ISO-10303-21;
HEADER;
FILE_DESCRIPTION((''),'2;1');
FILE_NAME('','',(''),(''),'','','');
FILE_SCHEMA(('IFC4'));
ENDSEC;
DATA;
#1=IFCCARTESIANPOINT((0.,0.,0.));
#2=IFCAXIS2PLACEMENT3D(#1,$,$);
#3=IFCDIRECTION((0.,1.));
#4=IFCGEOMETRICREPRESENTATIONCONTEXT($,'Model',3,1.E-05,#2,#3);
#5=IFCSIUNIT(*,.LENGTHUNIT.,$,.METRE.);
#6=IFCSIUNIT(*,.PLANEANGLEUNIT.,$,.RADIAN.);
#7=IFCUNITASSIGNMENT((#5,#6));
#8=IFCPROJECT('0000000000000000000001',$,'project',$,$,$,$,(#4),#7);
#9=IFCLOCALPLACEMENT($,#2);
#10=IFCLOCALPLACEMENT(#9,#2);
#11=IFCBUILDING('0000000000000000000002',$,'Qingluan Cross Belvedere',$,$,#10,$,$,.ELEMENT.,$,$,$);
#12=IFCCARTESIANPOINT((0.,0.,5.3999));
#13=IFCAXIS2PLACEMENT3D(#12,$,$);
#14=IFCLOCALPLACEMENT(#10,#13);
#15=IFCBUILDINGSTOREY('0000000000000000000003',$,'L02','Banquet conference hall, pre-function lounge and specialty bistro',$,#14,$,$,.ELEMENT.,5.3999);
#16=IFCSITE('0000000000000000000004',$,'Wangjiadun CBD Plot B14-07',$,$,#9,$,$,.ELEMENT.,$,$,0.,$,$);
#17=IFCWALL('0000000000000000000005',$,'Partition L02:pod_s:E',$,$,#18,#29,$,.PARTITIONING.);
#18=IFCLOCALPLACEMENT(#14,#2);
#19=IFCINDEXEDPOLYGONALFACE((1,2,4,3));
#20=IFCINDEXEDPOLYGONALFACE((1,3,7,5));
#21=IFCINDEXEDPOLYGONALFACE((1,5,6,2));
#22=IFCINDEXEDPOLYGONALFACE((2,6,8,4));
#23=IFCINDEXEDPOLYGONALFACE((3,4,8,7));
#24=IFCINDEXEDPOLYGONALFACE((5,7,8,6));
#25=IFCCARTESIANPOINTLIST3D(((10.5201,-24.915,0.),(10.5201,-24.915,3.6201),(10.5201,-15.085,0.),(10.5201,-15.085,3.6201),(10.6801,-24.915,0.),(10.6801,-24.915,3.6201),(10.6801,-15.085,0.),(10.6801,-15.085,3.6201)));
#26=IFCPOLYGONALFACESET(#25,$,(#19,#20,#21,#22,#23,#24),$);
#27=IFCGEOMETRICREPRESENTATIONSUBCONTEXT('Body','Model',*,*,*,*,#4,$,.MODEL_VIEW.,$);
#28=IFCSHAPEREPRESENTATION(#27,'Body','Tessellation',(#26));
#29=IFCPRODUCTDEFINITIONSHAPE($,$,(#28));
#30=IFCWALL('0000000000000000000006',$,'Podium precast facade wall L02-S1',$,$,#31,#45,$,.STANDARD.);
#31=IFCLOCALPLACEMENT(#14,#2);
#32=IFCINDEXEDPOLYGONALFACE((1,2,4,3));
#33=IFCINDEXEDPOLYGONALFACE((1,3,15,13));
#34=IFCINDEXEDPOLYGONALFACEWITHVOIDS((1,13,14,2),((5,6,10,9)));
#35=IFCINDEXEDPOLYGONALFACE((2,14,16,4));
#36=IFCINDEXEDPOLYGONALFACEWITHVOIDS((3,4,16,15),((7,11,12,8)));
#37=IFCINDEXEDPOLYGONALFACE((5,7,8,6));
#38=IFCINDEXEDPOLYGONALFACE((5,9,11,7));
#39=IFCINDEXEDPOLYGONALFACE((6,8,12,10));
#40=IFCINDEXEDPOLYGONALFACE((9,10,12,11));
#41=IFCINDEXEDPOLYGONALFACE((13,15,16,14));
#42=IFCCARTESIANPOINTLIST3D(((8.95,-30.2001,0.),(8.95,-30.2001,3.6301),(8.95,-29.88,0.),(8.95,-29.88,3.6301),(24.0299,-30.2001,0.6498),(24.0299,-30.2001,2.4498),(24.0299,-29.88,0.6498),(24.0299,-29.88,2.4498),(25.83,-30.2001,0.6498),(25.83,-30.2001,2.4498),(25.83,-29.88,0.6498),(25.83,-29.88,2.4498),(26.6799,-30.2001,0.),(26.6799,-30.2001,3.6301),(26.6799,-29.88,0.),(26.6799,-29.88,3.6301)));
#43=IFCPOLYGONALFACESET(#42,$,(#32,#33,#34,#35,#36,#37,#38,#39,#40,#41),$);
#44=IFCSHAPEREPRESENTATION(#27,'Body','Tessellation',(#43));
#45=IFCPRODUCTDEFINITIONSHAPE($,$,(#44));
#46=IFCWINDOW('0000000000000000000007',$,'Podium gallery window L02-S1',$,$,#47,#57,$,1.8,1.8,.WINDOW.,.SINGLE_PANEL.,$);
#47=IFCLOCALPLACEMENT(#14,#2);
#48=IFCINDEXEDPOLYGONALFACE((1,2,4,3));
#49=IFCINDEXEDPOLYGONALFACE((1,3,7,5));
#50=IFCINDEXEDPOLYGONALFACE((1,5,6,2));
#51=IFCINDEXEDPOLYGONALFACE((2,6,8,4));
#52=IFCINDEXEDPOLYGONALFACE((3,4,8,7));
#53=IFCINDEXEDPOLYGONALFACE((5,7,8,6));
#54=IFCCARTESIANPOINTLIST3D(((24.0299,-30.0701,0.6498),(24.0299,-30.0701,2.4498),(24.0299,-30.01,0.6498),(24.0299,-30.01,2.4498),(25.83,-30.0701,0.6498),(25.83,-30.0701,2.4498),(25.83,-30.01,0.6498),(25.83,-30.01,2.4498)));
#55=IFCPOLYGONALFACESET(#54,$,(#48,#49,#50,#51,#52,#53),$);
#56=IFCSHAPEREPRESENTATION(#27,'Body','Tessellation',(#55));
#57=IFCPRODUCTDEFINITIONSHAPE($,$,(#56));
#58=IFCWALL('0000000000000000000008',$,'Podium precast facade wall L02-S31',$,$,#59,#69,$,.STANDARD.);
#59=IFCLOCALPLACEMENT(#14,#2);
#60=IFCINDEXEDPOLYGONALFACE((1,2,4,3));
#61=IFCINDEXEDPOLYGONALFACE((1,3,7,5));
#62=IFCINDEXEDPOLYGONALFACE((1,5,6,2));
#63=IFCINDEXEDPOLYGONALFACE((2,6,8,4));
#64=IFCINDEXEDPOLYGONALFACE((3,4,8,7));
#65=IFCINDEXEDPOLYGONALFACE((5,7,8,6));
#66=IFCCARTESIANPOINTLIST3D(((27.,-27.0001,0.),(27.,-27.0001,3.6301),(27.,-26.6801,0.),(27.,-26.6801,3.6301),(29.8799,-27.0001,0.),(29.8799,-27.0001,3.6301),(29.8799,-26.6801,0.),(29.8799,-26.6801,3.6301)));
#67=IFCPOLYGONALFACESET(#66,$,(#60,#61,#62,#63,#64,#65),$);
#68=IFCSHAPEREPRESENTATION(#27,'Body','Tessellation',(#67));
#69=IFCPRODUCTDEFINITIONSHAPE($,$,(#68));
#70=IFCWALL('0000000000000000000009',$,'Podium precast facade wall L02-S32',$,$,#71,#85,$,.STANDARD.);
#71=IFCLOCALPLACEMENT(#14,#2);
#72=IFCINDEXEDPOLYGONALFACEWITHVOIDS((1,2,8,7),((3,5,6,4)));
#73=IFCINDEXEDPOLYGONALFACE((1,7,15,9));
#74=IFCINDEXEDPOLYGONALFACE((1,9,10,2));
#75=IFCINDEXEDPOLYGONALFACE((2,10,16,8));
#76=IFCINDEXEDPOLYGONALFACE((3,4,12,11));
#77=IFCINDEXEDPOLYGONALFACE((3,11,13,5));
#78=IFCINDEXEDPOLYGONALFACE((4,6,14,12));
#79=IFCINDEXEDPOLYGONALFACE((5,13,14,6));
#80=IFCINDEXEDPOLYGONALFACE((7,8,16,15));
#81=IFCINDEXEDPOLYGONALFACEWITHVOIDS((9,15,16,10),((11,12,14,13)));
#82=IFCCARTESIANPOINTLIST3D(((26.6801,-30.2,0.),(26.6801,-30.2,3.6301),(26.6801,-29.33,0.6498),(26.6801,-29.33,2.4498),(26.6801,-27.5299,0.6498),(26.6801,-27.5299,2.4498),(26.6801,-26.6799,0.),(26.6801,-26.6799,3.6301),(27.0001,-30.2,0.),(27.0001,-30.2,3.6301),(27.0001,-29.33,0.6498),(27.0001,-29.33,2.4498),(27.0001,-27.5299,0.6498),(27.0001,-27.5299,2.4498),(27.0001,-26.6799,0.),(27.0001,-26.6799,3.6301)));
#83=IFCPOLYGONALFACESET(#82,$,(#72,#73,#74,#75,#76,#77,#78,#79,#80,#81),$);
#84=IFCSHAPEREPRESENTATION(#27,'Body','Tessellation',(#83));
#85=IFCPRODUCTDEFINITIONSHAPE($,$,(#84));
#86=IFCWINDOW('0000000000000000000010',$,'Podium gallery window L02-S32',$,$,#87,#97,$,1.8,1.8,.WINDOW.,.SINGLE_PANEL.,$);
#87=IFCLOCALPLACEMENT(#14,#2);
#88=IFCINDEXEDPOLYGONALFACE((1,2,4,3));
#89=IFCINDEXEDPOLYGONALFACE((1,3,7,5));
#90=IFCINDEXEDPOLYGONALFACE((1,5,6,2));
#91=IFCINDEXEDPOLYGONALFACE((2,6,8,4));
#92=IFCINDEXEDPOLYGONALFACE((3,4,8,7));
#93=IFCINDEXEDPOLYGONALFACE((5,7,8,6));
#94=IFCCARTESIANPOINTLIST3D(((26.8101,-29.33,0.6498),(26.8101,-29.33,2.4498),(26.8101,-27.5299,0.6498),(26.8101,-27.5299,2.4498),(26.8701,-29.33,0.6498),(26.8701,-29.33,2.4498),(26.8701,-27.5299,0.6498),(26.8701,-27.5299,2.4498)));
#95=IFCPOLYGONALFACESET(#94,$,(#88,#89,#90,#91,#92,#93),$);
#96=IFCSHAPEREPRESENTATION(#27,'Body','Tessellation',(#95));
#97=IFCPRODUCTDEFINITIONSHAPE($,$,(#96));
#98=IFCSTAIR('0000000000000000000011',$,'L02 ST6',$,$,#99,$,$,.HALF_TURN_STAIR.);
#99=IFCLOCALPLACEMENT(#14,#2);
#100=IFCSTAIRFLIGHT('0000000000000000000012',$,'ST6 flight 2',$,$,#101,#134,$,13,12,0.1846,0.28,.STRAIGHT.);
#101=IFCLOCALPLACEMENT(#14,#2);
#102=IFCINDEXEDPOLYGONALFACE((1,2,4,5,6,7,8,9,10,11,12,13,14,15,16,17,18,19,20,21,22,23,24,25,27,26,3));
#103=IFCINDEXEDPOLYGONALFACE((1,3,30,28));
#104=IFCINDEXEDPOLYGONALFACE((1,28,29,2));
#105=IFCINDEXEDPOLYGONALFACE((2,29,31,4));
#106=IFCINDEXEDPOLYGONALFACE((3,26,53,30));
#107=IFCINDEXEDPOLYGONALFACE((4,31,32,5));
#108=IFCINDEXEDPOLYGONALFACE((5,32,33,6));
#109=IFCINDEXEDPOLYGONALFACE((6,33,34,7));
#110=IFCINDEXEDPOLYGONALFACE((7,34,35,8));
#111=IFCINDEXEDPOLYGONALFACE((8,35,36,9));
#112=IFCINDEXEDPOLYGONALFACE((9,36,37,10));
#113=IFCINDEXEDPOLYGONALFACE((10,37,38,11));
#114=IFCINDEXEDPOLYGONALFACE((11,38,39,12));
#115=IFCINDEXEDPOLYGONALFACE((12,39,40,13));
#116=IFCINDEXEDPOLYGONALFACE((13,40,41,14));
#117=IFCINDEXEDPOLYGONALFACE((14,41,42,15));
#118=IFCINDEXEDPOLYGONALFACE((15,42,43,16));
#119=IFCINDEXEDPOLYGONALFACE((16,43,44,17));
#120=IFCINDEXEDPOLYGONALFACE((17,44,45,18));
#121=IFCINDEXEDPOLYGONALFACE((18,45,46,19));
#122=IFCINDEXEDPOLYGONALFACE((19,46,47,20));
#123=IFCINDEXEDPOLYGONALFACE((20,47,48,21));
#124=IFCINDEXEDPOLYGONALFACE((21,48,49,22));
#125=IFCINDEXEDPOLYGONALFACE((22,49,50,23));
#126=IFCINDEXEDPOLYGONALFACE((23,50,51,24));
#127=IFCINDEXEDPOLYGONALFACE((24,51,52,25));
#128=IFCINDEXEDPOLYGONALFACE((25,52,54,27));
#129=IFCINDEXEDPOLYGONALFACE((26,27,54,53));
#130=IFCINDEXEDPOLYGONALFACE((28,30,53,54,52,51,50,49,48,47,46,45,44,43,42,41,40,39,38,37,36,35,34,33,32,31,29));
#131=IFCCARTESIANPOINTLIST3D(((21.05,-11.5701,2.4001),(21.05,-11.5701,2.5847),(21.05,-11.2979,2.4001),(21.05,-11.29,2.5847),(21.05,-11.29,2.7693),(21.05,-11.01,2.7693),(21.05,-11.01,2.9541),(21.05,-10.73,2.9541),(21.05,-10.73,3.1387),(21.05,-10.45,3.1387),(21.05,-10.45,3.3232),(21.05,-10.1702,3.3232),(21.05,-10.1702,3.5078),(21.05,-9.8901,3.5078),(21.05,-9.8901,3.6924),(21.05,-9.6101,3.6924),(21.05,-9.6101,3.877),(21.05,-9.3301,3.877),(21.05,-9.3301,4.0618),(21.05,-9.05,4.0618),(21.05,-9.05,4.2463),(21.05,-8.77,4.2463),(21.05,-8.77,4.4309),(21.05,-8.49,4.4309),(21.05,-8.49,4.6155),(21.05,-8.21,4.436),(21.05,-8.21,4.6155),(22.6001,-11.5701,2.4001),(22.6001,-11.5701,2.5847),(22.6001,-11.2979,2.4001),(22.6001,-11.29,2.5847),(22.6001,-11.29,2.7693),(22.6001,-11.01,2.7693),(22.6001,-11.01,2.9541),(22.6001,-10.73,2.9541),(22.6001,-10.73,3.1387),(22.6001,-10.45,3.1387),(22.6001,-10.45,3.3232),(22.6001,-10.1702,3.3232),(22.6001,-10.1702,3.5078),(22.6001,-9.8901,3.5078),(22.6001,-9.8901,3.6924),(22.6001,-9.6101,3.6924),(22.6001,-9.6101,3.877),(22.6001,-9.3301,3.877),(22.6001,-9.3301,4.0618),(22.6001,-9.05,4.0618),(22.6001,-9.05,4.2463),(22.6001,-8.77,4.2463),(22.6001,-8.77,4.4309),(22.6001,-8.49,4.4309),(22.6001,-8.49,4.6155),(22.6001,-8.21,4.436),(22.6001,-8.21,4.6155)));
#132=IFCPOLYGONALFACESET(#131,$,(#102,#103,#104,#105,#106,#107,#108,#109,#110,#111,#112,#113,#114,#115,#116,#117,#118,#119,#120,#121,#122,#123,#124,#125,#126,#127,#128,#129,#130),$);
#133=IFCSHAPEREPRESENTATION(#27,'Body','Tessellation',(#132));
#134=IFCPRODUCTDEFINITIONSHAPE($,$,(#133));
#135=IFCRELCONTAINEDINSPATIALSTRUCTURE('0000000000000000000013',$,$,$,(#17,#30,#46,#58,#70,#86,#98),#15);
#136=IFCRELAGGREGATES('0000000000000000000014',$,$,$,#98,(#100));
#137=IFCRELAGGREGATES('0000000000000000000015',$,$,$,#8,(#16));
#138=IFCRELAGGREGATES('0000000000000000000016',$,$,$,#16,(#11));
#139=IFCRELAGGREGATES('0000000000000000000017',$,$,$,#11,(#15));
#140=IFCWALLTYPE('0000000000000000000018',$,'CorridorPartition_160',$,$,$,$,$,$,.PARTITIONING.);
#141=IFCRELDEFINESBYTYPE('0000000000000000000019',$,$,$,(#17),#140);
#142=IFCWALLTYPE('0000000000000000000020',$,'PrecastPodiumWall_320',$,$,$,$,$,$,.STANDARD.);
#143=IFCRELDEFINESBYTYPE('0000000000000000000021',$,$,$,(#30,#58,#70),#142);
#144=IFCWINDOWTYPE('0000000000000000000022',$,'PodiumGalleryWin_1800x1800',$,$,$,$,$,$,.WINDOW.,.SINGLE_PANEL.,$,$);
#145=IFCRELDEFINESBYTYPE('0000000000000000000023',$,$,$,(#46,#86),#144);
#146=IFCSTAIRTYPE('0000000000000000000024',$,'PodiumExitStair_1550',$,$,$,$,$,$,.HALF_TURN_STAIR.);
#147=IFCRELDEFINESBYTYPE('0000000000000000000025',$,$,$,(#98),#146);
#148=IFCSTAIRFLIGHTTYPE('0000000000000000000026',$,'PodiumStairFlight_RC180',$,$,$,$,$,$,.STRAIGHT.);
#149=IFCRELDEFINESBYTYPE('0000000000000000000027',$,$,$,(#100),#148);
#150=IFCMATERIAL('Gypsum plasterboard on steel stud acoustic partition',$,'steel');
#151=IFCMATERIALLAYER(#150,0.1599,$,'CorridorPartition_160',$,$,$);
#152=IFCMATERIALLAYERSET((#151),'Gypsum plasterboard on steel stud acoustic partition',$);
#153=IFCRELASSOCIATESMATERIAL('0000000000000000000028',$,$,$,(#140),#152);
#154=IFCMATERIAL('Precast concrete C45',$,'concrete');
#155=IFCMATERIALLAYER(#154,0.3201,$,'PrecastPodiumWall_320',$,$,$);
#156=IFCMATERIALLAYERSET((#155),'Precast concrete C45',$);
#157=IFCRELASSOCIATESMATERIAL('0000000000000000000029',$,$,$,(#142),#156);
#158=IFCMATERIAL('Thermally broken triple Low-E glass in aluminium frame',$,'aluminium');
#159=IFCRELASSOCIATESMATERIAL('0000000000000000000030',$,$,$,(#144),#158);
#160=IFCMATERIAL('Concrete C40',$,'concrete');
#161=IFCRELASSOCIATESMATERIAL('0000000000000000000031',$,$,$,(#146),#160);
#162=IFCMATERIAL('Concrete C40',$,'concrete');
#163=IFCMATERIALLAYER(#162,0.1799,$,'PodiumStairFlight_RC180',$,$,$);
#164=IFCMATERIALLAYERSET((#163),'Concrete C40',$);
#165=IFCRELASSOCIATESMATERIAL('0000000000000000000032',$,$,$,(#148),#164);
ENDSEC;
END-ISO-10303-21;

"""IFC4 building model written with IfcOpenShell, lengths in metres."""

from ifc_helpers import new_model, si_unit, direction, frame, frame_2d, origin, place, context, subcontext, project, spatial, polyline, rectangle, outline, extrude, material, layer, layer_set, type_object, element, fill, aggregate, save


model = new_model("IFC4")

# Units and contexts
model_context = context("Model", 3, precision=1e-05, world=origin(), true_north=direction((0.0, 1.0)))
body_context = subcontext(model_context, "Body", "Model", "MODEL_VIEW")
ifc_project = project(units=[si_unit("LENGTHUNIT", "METRE"), si_unit("PLANEANGLEUNIT", "RADIAN")], contexts=[model_context])

# Site, building, storey
site_placement = place(None, origin())
site = spatial("IfcSite", under=ifc_project, at=site_placement, Name="Wangjiadun CBD Plot B14-07", CompositionType="ELEMENT", RefElevation=0.0)
building_placement = place(site_placement, origin())
building = spatial("IfcBuilding", under=site, at=building_placement, Name="Qingluan Cross Belvedere", CompositionType="ELEMENT")
storey_placement = place(building_placement, frame((0.0, 0.0, 5.3999)))
storey = spatial("IfcBuildingStorey", under=building, at=storey_placement, Name="L02", Description="Banquet conference hall, pre-function lounge and specialty bistro", CompositionType="ELEMENT", Elevation=5.3999)

# Wall
ifc_material_1 = material(Name="Gypsum plasterboard on steel stud acoustic partition", Category="steel")
ifc_layer_1 = layer(ifc_material_1, 0.1599, Name="CorridorPartition_160")
ifc_layer_set_1 = layer_set([ifc_layer_1], Name="Gypsum plasterboard on steel stud acoustic partition")
wall_type_1 = type_object("IfcWallType", Name="CorridorPartition_160", PredefinedType="PARTITIONING", material=ifc_layer_set_1)
wall_1_placement = place(storey_placement, frame((10.6001, -24.915, 0.0), z_axis=(0.0, 0.0, 1.0), x_axis=(0.0, 1.0, 0.0)))
element("IfcWall", 1, at=wall_1_placement, inside=storey, type_object=wall_type_1, Name="Partition L02:pod_s:E", PredefinedType="PARTITIONING", context=body_context, shape_type="SweptSolid", body=[
    extrude(rectangle(XDim=9.8301, YDim=0.1599, at=frame_2d((4.915, 0.0))), origin(), (0.0, 0.0, 1.0), 3.6201),
])

# Wall, opening, window
ifc_material_2 = material(Name="Precast concrete C45", Category="concrete")
ifc_layer_2 = layer(ifc_material_2, 0.3201, Name="PrecastPodiumWall_320")
ifc_layer_set_2 = layer_set([ifc_layer_2], Name="Precast concrete C45")
wall_type_2 = type_object("IfcWallType", Name="PrecastPodiumWall_320", PredefinedType="STANDARD", material=ifc_layer_set_2)
wall_2_placement = place(storey_placement, frame((26.6799, -30.04, 0.0), z_axis=(0.0, 0.0, 1.0), x_axis=(-1.0, 0.0, 0.0)))
wall_2 = element("IfcWall", 2, at=wall_2_placement, inside=storey, type_object=wall_type_2, Name="Podium precast facade wall L02-S1", PredefinedType="STANDARD", context=body_context, shape_type="SweptSolid", body=[
    extrude(rectangle(XDim=17.73, YDim=0.3201, at=frame_2d((8.865, 0.0))), origin(), (0.0, 0.0, 1.0), 3.6301),
])
opening_1_placement = place(wall_2_placement, frame((0.8501, 0.0, 0.6499)))
opening_1 = element("IfcOpeningElement", 3, at=opening_1_placement, cuts=wall_2, PredefinedType="OPENING", context=body_context, shape_type="SweptSolid", body=[
    extrude(rectangle(XDim=1.8, YDim=1.8, at=frame_2d((0.8999, 0.8999))), frame((0.0, 0.1699, 0.0), z_axis=(0.0, -1.0, 0.0), x_axis=(1.0, 0.0, 0.0)), (0.0, 0.0, 1.0), 0.3401),
])
ifc_material_3 = material(Name="Thermally broken triple Low-E glass in aluminium frame", Category="aluminium")
window_type = type_object("IfcWindowType", Name="PodiumGalleryWin_1800x1800", PartitioningType="SINGLE_PANEL", PredefinedType="WINDOW", material=ifc_material_3)
window_1_placement = place(opening_1_placement, origin())
window_1 = element("IfcWindow", 4, at=window_1_placement, inside=storey, type_object=window_type, Name="Podium gallery window L02-S1", OverallHeight=1.8, OverallWidth=1.8, PartitioningType="SINGLE_PANEL", PredefinedType="WINDOW", context=body_context, shape_type="SweptSolid", body=[
    extrude(rectangle(XDim=1.8, YDim=1.8, at=frame_2d((0.8999, 0.8999))), frame((0.0, 0.03, 0.0), z_axis=(0.0, -1.0, 0.0), x_axis=(1.0, 0.0, 0.0)), (0.0, 0.0, 1.0), 0.0601),
])
fill(opening_1, window_1)

# Wall
wall_3_placement = place(storey_placement, frame((29.8799, -26.8401, 0.0), z_axis=(0.0, 0.0, 1.0), x_axis=(-1.0, 0.0, 0.0)))
element("IfcWall", 5, at=wall_3_placement, inside=storey, type_object=wall_type_2, Name="Podium precast facade wall L02-S31", PredefinedType="STANDARD", context=body_context, shape_type="SweptSolid", body=[
    extrude(rectangle(XDim=2.8799, YDim=0.3201, at=frame_2d((1.4399, 0.0))), origin(), (0.0, 0.0, 1.0), 3.6301),
])

# Wall, opening, window
wall_4_placement = place(storey_placement, frame((26.8401, -26.6799, 0.0), z_axis=(0.0, 0.0, 1.0), x_axis=(0.0, -1.0, 0.0)))
wall_4 = element("IfcWall", 6, at=wall_4_placement, inside=storey, type_object=wall_type_2, Name="Podium precast facade wall L02-S32", PredefinedType="STANDARD", context=body_context, shape_type="SweptSolid", body=[
    extrude(rectangle(XDim=3.52, YDim=0.3201, at=frame_2d((1.76, 0.0))), origin(), (0.0, 0.0, 1.0), 3.6301),
])
opening_2_placement = place(wall_4_placement, frame((0.8501, 0.0, 0.6499)))
opening_2 = element("IfcOpeningElement", 7, at=opening_2_placement, cuts=wall_4, PredefinedType="OPENING", context=body_context, shape_type="SweptSolid", body=[
    extrude(rectangle(XDim=1.8, YDim=1.8, at=frame_2d((0.8999, 0.8999))), frame((0.0, 0.1699, 0.0), z_axis=(0.0, -1.0, 0.0), x_axis=(1.0, 0.0, 0.0)), (0.0, 0.0, 1.0), 0.3401),
])
window_2_placement = place(opening_2_placement, origin())
window_2 = element("IfcWindow", 8, at=window_2_placement, inside=storey, type_object=window_type, Name="Podium gallery window L02-S32", OverallHeight=1.8, OverallWidth=1.8, PartitioningType="SINGLE_PANEL", PredefinedType="WINDOW", context=body_context, shape_type="SweptSolid", body=[
    extrude(rectangle(XDim=1.8, YDim=1.8, at=frame_2d((0.8999, 0.8999))), frame((0.0, 0.03, 0.0), z_axis=(0.0, -1.0, 0.0), x_axis=(1.0, 0.0, 0.0)), (0.0, 0.0, 1.0), 0.0601),
])
fill(opening_2, window_2)

# Stair, stair flight
ifc_material_4 = material(Name="Concrete C40", Category="concrete")
stair_type = type_object("IfcStairType", Name="PodiumExitStair_1550", PredefinedType="HALF_TURN_STAIR", material=ifc_material_4)
stair_placement = place(storey_placement, origin())
stair = element("IfcStair", 9, at=stair_placement, inside=storey, type_object=stair_type, Name="L02 ST6", PredefinedType="HALF_TURN_STAIR")
ifc_material_5 = material(Name="Concrete C40", Category="concrete")
ifc_layer_3 = layer(ifc_material_5, 0.1799, Name="PodiumStairFlight_RC180")
ifc_layer_set_3 = layer_set([ifc_layer_3], Name="Concrete C40")
stair_flight_type = type_object("IfcStairFlightType", Name="PodiumStairFlight_RC180", PredefinedType="STRAIGHT", material=ifc_layer_set_3)
stair_flight_placement = place(storey_placement, frame((21.825, -11.5701, 2.4001), z_axis=(0.0, 0.0, 1.0), x_axis=(0.0, 1.0, 0.0)))
stair_flight = element("IfcStairFlight", 10, at=stair_flight_placement, type_object=stair_flight_type, Name="ST6 flight 2", NumberOfRisers=13, NumberOfTreads=12, PredefinedType="STRAIGHT", RiserHeight=0.1846, TreadLength=0.28, context=body_context, shape_type="SweptSolid", body=[
    extrude(outline(polyline([(0.0, 0.0), (0.0, 0.1846), (0.28, 0.1846), (0.28, 0.3691), (0.5601, 0.3691), (0.5601, 0.554), (0.8401, 0.554), (0.8401, 0.7385), (1.1201, 0.7385), (1.1201, 0.9231), (1.3999, 0.9231), (1.3999, 1.1077), (1.6799, 1.1077), (1.6799, 1.2922), (1.96, 1.2922), (1.96, 1.4768), (2.24, 1.4768), (2.24, 1.6616), (2.52, 1.6616), (2.52, 1.8462), (2.8, 1.8462), (2.8, 2.0308), (3.0801, 2.0308), (3.0801, 2.2153), (3.3601, 2.2153), (3.3601, 2.3999), (3.3601, 2.0359), (0.2722, 0.0), (0.0, 0.0)])), frame((0.0, 0.7749, 0.0), z_axis=(0.0, -1.0, 0.0), x_axis=(1.0, 0.0, 0.0)), (0.0, 0.0, 1.0), 1.55),
])
aggregate(stair, [stair_flight])

save(model, "model.ifc")
